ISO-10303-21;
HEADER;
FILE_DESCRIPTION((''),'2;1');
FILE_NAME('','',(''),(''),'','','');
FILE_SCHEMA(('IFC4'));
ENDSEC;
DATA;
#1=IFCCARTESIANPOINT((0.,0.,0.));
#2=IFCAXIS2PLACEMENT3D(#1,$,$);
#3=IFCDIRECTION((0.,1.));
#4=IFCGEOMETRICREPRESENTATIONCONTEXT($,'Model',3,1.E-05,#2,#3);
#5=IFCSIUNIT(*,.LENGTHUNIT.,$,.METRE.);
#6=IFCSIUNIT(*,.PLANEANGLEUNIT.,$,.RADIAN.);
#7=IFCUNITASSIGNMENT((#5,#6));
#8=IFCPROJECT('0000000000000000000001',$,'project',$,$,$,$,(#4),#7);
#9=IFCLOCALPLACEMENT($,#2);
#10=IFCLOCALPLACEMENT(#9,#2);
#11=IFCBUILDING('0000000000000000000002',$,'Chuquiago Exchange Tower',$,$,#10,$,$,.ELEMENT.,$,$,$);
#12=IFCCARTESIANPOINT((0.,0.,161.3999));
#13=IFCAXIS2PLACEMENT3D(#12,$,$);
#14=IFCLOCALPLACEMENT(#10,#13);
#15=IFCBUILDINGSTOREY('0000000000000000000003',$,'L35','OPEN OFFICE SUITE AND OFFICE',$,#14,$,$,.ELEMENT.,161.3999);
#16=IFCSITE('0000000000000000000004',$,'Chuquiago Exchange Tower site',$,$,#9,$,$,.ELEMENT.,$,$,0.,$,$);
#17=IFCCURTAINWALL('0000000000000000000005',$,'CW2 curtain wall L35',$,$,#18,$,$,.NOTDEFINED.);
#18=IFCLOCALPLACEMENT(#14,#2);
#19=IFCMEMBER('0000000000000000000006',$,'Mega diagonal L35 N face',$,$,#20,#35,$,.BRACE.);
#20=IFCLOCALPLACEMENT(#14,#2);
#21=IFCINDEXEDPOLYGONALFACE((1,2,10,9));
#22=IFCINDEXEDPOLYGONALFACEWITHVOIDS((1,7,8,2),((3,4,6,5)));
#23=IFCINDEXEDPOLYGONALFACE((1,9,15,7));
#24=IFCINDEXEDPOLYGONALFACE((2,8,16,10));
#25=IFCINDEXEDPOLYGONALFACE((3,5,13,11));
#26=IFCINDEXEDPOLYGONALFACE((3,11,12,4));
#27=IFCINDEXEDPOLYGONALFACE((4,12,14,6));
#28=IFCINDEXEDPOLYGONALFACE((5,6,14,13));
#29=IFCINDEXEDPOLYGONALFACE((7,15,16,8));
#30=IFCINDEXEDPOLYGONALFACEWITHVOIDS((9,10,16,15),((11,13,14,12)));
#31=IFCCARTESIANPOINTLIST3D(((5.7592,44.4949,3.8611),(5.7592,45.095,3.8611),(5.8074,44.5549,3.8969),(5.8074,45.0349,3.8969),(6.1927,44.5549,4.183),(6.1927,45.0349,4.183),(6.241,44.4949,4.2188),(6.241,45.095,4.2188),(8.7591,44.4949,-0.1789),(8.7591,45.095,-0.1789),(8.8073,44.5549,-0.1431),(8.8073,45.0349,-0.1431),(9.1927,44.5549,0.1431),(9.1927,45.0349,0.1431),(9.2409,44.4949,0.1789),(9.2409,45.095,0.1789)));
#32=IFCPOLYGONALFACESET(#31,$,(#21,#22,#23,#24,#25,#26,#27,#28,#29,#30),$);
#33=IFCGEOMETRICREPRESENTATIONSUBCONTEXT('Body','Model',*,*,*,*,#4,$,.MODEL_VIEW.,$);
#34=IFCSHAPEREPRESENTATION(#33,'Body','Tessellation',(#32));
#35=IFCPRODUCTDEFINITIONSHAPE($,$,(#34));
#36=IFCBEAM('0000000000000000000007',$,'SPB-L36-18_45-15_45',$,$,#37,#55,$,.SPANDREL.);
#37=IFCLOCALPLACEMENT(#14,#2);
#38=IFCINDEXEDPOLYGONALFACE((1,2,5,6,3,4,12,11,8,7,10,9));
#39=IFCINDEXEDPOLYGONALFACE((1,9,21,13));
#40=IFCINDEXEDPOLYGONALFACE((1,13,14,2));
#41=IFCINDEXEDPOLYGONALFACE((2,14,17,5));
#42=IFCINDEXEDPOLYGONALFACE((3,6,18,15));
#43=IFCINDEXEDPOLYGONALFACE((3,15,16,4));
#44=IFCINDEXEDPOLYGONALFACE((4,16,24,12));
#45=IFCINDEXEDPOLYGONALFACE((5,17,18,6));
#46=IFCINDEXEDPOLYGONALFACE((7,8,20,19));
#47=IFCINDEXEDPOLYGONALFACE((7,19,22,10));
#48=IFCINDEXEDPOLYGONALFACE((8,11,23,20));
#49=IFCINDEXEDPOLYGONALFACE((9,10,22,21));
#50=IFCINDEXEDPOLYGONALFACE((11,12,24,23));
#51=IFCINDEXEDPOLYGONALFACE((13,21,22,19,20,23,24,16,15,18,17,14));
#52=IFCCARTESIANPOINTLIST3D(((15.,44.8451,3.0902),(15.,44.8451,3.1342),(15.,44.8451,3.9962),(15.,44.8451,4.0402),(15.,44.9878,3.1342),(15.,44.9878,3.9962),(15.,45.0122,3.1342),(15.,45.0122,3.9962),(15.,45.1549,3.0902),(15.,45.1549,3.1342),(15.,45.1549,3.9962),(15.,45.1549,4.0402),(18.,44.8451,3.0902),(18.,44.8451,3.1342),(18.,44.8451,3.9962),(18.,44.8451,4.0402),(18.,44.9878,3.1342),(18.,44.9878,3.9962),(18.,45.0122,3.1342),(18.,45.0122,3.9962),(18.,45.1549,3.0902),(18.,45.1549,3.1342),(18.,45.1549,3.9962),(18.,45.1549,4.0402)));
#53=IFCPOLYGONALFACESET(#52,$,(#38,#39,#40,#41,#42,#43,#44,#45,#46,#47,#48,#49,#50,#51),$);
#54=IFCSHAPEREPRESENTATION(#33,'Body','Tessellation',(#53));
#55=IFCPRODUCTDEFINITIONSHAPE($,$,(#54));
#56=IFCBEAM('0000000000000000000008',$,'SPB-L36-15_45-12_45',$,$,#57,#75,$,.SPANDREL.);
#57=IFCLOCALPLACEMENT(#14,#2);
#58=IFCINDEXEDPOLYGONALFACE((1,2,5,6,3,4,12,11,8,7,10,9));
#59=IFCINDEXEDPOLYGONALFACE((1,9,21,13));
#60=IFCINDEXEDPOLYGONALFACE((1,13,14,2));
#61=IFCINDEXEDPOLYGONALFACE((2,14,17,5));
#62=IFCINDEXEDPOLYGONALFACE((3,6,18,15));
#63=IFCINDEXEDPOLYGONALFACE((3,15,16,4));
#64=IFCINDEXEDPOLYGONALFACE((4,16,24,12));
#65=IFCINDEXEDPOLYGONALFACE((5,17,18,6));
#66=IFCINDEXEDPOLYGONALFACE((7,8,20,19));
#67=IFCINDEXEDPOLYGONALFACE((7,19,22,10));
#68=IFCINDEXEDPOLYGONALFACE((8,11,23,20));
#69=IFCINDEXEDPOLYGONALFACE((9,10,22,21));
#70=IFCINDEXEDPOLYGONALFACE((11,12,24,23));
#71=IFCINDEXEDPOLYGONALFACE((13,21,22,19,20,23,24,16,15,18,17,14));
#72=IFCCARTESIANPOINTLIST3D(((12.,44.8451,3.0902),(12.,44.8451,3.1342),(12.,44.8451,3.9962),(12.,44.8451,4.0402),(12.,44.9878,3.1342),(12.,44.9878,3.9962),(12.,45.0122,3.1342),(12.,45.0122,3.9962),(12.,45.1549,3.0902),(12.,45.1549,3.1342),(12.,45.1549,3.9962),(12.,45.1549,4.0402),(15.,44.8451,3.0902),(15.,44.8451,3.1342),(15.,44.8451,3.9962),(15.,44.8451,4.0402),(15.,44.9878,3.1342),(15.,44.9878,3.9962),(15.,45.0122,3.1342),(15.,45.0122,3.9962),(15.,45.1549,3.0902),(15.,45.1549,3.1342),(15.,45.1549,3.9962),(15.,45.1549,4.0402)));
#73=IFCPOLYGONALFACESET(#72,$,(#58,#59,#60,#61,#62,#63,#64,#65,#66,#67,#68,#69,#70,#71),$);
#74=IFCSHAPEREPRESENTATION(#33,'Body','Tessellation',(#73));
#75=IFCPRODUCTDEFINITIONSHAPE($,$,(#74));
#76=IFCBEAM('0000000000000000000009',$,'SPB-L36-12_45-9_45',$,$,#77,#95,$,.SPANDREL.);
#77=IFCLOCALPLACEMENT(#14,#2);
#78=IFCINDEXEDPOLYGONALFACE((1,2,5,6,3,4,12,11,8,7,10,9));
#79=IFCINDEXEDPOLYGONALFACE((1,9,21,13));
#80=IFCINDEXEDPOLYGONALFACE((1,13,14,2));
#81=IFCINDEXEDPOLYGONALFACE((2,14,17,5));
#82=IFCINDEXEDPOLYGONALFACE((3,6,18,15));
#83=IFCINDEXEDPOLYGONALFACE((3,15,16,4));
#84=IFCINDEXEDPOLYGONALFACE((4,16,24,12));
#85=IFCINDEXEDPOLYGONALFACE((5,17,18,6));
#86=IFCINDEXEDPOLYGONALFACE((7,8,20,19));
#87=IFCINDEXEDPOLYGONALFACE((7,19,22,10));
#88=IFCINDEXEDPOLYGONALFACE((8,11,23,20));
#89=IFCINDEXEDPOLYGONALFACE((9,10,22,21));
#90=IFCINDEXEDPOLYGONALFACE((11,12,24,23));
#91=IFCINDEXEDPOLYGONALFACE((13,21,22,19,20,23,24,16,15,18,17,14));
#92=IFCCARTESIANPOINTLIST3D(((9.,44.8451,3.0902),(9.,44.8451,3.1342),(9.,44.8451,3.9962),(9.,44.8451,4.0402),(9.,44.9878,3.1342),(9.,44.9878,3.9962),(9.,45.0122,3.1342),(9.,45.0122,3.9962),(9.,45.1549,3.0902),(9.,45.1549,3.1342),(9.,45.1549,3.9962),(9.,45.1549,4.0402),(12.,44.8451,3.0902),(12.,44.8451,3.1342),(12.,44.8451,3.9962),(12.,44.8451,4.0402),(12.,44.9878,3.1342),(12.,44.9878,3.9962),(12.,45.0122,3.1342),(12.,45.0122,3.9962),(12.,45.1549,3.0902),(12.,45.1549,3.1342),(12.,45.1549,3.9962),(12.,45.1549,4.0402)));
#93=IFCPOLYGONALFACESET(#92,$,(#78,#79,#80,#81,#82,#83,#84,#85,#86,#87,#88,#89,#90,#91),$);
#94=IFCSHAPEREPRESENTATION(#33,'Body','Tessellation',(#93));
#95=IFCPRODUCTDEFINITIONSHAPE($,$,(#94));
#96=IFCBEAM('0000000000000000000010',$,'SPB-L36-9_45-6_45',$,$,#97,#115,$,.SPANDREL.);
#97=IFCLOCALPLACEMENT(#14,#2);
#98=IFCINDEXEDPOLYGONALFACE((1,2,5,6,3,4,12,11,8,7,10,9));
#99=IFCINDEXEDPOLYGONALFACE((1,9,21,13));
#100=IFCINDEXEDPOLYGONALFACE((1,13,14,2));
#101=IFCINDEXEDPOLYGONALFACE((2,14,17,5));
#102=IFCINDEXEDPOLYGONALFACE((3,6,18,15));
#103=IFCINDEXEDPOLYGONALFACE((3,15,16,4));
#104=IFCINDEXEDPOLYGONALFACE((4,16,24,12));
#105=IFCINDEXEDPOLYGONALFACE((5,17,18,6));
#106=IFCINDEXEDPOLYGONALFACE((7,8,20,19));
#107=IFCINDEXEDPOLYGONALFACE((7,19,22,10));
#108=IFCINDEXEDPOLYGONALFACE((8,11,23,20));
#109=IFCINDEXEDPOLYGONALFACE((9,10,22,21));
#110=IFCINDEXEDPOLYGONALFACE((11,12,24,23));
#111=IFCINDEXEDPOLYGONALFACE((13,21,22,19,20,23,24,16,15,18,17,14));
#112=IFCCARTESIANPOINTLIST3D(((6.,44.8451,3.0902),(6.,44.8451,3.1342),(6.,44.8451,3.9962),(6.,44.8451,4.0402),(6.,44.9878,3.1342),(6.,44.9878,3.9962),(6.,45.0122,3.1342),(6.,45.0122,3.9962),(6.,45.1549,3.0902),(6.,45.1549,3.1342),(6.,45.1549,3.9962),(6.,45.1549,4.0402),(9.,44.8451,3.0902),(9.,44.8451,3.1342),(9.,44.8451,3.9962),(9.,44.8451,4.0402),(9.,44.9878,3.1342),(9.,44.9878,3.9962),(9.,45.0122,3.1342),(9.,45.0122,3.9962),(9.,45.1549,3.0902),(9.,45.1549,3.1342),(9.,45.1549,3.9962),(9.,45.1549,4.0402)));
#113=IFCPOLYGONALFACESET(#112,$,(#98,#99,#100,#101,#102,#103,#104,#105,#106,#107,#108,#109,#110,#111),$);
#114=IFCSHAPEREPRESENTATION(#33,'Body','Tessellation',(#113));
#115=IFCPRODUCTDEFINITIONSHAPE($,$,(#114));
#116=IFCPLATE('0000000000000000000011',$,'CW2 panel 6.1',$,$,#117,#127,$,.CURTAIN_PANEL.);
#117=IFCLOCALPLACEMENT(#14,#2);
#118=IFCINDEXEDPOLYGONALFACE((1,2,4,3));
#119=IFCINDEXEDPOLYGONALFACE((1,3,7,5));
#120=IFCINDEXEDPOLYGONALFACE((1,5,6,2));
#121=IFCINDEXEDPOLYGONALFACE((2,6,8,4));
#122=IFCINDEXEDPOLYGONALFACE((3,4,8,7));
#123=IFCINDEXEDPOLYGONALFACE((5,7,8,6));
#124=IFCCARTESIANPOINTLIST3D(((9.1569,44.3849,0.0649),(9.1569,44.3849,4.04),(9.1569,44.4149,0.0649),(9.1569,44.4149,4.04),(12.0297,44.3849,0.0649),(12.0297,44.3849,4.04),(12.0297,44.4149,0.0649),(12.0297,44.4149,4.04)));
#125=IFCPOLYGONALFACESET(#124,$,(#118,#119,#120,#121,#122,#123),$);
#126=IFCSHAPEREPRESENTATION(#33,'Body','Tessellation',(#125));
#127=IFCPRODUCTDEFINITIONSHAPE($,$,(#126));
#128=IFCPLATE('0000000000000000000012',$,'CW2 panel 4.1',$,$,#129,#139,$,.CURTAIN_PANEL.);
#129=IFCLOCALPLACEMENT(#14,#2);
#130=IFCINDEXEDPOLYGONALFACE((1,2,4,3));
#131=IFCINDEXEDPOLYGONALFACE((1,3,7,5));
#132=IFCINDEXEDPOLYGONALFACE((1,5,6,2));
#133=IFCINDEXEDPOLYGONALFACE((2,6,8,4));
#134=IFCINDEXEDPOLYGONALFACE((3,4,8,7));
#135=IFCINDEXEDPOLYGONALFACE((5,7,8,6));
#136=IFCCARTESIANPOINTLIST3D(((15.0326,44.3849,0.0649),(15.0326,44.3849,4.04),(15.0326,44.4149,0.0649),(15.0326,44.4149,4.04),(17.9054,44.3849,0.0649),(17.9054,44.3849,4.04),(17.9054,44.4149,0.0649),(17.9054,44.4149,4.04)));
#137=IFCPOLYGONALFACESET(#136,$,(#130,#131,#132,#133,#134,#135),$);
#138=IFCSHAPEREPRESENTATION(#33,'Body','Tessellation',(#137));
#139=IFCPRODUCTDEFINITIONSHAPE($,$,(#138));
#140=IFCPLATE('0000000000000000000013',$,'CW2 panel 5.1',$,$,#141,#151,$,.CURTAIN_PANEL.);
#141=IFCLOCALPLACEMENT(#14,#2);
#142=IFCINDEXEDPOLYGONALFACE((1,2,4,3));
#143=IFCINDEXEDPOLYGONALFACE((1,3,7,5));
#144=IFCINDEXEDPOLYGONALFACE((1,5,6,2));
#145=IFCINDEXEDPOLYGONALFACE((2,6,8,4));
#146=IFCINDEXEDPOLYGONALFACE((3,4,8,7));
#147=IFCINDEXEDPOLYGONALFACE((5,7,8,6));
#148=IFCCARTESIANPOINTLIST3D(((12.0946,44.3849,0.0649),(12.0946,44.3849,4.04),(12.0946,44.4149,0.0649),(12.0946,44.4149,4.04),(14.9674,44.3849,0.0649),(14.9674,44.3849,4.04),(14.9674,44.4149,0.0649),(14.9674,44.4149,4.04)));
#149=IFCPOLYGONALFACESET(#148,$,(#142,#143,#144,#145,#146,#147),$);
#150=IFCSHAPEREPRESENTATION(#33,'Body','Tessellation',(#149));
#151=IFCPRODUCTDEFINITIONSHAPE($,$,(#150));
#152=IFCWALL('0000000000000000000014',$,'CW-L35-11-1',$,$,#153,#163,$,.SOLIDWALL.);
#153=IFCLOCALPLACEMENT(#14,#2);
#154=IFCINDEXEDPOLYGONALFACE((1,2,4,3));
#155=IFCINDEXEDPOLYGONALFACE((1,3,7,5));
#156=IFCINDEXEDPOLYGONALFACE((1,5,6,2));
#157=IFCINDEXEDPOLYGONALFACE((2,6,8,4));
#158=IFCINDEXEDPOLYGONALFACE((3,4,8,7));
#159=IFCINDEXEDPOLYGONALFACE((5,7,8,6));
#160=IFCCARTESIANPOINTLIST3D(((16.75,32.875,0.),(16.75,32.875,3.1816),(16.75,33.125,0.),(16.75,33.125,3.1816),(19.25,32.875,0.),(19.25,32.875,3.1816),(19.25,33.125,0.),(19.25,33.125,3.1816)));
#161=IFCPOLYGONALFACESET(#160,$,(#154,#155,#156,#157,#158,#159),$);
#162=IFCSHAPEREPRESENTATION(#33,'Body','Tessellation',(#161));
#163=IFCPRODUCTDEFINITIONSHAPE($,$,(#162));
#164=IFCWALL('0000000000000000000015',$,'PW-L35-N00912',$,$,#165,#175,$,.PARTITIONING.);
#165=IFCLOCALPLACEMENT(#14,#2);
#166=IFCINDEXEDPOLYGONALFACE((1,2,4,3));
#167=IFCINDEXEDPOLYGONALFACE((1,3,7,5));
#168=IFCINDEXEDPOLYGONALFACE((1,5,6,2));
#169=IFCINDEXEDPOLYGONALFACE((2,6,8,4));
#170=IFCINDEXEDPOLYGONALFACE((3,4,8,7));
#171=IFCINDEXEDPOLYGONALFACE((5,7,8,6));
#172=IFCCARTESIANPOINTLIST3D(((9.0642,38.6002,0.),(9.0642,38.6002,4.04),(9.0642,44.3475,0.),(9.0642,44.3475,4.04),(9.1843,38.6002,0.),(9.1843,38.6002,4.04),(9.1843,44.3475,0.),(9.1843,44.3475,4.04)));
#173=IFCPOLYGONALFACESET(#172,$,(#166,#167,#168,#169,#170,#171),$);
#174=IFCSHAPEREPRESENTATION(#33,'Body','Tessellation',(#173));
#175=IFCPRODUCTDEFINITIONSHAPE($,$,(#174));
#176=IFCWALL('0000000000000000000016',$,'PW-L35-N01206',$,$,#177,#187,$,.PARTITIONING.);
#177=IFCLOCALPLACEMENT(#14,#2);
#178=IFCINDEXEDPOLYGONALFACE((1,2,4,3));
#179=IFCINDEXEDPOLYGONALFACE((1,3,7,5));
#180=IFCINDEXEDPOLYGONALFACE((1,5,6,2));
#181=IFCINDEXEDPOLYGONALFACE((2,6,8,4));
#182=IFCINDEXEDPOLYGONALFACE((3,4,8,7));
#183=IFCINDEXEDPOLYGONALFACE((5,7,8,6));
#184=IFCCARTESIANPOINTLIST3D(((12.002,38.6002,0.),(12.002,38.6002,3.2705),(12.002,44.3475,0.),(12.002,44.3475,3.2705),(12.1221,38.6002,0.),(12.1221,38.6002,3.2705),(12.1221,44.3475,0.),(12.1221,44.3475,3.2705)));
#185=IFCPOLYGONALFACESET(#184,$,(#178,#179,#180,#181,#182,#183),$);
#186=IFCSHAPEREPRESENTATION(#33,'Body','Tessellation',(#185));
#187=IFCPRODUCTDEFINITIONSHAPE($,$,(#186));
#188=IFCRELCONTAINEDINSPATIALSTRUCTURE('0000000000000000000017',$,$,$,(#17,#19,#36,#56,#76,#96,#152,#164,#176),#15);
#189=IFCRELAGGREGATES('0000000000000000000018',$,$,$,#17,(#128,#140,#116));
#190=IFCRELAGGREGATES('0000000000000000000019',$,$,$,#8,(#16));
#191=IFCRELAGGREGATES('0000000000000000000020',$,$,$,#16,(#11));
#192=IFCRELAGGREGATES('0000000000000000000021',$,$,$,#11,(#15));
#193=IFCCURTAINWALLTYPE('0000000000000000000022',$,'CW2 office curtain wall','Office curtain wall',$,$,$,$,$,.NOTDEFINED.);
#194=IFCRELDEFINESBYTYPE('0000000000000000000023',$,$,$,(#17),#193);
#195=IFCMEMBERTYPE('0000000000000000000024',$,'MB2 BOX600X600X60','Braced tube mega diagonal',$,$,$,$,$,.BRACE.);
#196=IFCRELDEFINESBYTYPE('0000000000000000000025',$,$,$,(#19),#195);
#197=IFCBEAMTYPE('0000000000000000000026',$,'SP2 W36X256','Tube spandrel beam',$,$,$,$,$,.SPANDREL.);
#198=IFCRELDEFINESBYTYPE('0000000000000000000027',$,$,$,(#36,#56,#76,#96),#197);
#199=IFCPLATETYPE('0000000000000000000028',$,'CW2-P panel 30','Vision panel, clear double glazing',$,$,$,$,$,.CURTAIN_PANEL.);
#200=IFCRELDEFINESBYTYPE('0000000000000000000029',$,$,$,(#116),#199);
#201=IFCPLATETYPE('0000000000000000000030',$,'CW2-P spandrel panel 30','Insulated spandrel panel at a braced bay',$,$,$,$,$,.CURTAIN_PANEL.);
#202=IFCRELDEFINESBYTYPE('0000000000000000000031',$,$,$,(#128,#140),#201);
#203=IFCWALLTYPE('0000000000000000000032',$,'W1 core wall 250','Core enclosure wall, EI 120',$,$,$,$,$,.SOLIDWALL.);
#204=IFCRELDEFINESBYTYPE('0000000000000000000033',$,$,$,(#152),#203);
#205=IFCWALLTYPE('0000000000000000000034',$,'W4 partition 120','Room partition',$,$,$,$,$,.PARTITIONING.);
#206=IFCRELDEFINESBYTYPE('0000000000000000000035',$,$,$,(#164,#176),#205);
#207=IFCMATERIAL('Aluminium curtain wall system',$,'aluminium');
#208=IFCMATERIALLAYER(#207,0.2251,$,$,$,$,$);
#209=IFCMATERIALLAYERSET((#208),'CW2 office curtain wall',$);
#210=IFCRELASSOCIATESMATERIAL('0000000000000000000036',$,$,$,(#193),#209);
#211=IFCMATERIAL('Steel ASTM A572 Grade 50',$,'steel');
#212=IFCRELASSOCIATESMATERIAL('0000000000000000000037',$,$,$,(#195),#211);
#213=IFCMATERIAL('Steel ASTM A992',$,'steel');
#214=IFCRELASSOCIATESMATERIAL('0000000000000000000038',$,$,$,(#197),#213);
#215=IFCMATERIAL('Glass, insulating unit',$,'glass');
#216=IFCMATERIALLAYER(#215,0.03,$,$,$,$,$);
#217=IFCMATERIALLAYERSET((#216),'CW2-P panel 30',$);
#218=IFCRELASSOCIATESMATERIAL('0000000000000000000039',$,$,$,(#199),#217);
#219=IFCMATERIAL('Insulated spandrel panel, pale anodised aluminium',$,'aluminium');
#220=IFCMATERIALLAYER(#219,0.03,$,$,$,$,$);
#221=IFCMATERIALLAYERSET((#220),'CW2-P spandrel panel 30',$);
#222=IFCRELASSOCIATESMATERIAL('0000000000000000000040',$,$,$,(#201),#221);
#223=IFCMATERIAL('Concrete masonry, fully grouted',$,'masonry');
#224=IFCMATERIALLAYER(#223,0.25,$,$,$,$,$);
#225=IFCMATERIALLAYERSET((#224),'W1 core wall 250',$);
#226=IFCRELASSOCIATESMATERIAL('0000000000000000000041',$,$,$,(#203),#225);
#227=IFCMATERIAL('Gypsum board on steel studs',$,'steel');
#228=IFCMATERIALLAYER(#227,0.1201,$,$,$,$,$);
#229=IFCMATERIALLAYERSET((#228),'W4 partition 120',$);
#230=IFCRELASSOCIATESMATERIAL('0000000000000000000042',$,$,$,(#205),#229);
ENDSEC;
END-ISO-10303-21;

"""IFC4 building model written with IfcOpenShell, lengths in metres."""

from ifc_helpers import new_model, si_unit, direction, frame, frame_2d, origin, origin_2d, place, context, subcontext, project, spatial, rectangle, hollow_rectangle, i_section, extrude, material, layer, layer_set, material_profile, profile_set, type_object, element, aggregate, save


model = new_model("IFC4")

# Units and contexts
model_context = context("Model", 3, precision=1e-05, world=origin(), true_north=direction((0.0, 1.0)))
body_context = subcontext(model_context, "Body", "Model", "MODEL_VIEW")
ifc_project = project(units=[si_unit("LENGTHUNIT", "METRE"), si_unit("PLANEANGLEUNIT", "RADIAN")], contexts=[model_context])

# Site, building, storey
site_placement = place(None, origin())
site = spatial("IfcSite", under=ifc_project, at=site_placement, Name="Chuquiago Exchange Tower site", CompositionType="ELEMENT", RefElevation=0.0)
building_placement = place(site_placement, origin())
building = spatial("IfcBuilding", under=site, at=building_placement, Name="Chuquiago Exchange Tower", CompositionType="ELEMENT")
storey_placement = place(building_placement, frame((0.0, 0.0, 161.3999)))
storey = spatial("IfcBuildingStorey", under=building, at=storey_placement, Name="L35", Description="OPEN OFFICE SUITE AND OFFICE", CompositionType="ELEMENT", Elevation=161.3999)

# Curtain wall
ifc_material_1 = material(Name="Aluminium curtain wall system", Category="aluminium")
ifc_layer_1 = layer(ifc_material_1, 0.2251)
ifc_layer_set_1 = layer_set([ifc_layer_1], Name="CW2 office curtain wall")
curtain_wall_type = type_object("IfcCurtainWallType", Name="CW2 office curtain wall", Description="Office curtain wall", PredefinedType="NOTDEFINED", material=ifc_layer_set_1)
curtain_wall_placement = place(storey_placement, origin())
curtain_wall = element("IfcCurtainWall", 1, at=curtain_wall_placement, inside=storey, type_object=curtain_wall_type, Name="CW2 curtain wall L35", PredefinedType="NOTDEFINED")

# Member
ifc_material_2 = material(Name="Steel ASTM A572 Grade 50", Category="steel")
ifc_material_profile_1 = material_profile(ifc_material_2, hollow_rectangle(XDim=0.6001, YDim=0.6001, WallThickness=0.0601, at=origin_2d()), Name="BOX600X600X60")
ifc_profile_set_1 = profile_set([ifc_material_profile_1], Name="Steel ASTM A572 Grade 50")
member_type_1 = type_object("IfcMemberType", Name="MB2 BOX600X600X60", Description="Braced tube mega diagonal", PredefinedType="BRACE", material=ifc_profile_set_1)
for number, where, z_axis, x_axis, name in (
    (2, (9.0, 44.7949, 0.0), (-0.596174, 0.0, 0.802855), (0.0, -1.0, 0.0), "Mega diagonal L35 N face"),
):
    element("IfcMember", number, at=place(storey_placement, frame(where, z_axis=z_axis, x_axis=x_axis)), inside=storey, type_object=member_type_1, Name=name, PredefinedType="BRACE", context=body_context, shape_type="SweptSolid", body=[
        extrude(hollow_rectangle(XDim=0.6001, YDim=0.6001, WallThickness=0.0601, at=origin_2d()), origin(), (0.0, 0.0, 1.0), 5.032),
    ])

# Beams
ifc_material_3 = material(Name="Steel ASTM A992", Category="steel")
ifc_material_profile_2 = material_profile(ifc_material_3, i_section(OverallWidth=0.3098, OverallDepth=0.95, WebThickness=0.0244, FlangeThickness=0.0439, at=origin_2d()), Name="W36X256")
ifc_profile_set_2 = profile_set([ifc_material_profile_2], Name="Steel ASTM A992")
beam_type_1 = type_object("IfcBeamType", Name="SP2 W36X256", Description="Tube spandrel beam", PredefinedType="SPANDREL", material=ifc_profile_set_2)
for number, where, z_axis, x_axis, name in (
    (3, (18.0, 45.0, 3.5652), (-1.0, 0.0, 0.0), (0.0, -1.0, 0.0), "SPB-L36-18_45-15_45"),
    (4, (15.0, 45.0, 3.5652), (-1.0, 0.0, 0.0), (0.0, -1.0, 0.0), "SPB-L36-15_45-12_45"),
    (5, (12.0, 45.0, 3.5652), (-1.0, 0.0, 0.0), (0.0, -1.0, 0.0), "SPB-L36-12_45-9_45"),
    (6, (9.0, 45.0, 3.5652), (-1.0, 0.0, 0.0), (0.0, -1.0, 0.0), "SPB-L36-9_45-6_45"),
):
    element("IfcBeam", number, at=place(storey_placement, frame(where, z_axis=z_axis, x_axis=x_axis)), inside=storey, type_object=beam_type_1, Name=name, PredefinedType="SPANDREL", context=body_context, shape_type="SweptSolid", body=[
        extrude(i_section(OverallWidth=0.3098, OverallDepth=0.95, WebThickness=0.0244, FlangeThickness=0.0439, at=origin_2d()), origin(), (0.0, 0.0, 1.0), 3.0),
    ])

# Plates
ifc_material_4 = material(Name="Glass, insulating unit", Category="glass")
ifc_layer_2 = layer(ifc_material_4, 0.03)
ifc_layer_set_2 = layer_set([ifc_layer_2], Name="CW2-P panel 30")
plate_type_1 = type_object("IfcPlateType", Name="CW2-P panel 30", Description="Vision panel, clear double glazing", PredefinedType="CURTAIN_PANEL", material=ifc_layer_set_2)
plate_1_placement = place(storey_placement, frame((10.5933, 44.3999, 0.0649), z_axis=(0.0, 0.0, 1.0), x_axis=(-1.0, 0.0, 0.0)))
plate_1 = element("IfcPlate", 7, at=plate_1_placement, type_object=plate_type_1, Name="CW2 panel 6.1", PredefinedType="CURTAIN_PANEL", context=body_context, shape_type="SweptSolid", body=[
    extrude(rectangle(XDim=2.8728, YDim=0.03, at=origin_2d()), origin(), (0.0, 0.0, 1.0), 3.9751),
])
ifc_material_5 = material(Name="Insulated spandrel panel, pale anodised aluminium", Category="aluminium")
ifc_layer_3 = layer(ifc_material_5, 0.03)
ifc_layer_set_3 = layer_set([ifc_layer_3], Name="CW2-P spandrel panel 30")
plate_type_2 = type_object("IfcPlateType", Name="CW2-P spandrel panel 30", Description="Insulated spandrel panel at a braced bay", PredefinedType="CURTAIN_PANEL", material=ifc_layer_set_3)
plate_2_placement = place(storey_placement, frame((16.469, 44.3999, 0.0649), z_axis=(0.0, 0.0, 1.0), x_axis=(-1.0, 0.0, 0.0)))
plate_2 = element("IfcPlate", 8, at=plate_2_placement, type_object=plate_type_2, Name="CW2 panel 4.1", PredefinedType="CURTAIN_PANEL", context=body_context, shape_type="SweptSolid", body=[
    extrude(rectangle(XDim=2.8728, YDim=0.03, at=origin_2d()), origin(), (0.0, 0.0, 1.0), 3.9751),
])
plate_3_placement = place(storey_placement, frame((13.531, 44.3999, 0.0649), z_axis=(0.0, 0.0, 1.0), x_axis=(-1.0, 0.0, 0.0)))
plate_3 = element("IfcPlate", 9, at=plate_3_placement, type_object=plate_type_2, Name="CW2 panel 5.1", PredefinedType="CURTAIN_PANEL", context=body_context, shape_type="SweptSolid", body=[
    extrude(rectangle(XDim=2.8728, YDim=0.03, at=origin_2d()), origin(), (0.0, 0.0, 1.0), 3.9751),
])
aggregate(curtain_wall, [plate_2, plate_3, plate_1])

# Walls
ifc_material_6 = material(Name="Concrete masonry, fully grouted", Category="masonry")
ifc_layer_4 = layer(ifc_material_6, 0.25)
ifc_layer_set_4 = layer_set([ifc_layer_4], Name="W1 core wall 250")
wall_type_1 = type_object("IfcWallType", Name="W1 core wall 250", Description="Core enclosure wall, EI 120", PredefinedType="SOLIDWALL", material=ifc_layer_set_4)
wall_1_placement = place(storey_placement, frame((16.75, 33.0, 0.0), z_axis=(0.0, 0.0, 1.0), x_axis=(1.0, 0.0, 0.0)))
element("IfcWall", 10, at=wall_1_placement, inside=storey, type_object=wall_type_1, Name="CW-L35-11-1", PredefinedType="SOLIDWALL", context=body_context, shape_type="SweptSolid", body=[
    extrude(rectangle(XDim=2.5, YDim=0.25, at=frame_2d((1.25, 0.0))), origin(), (0.0, 0.0, 1.0), 3.1816),
])
ifc_material_7 = material(Name="Gypsum board on steel studs", Category="steel")
ifc_layer_5 = layer(ifc_material_7, 0.1201)
ifc_layer_set_5 = layer_set([ifc_layer_5], Name="W4 partition 120")
wall_type_2 = type_object("IfcWallType", Name="W4 partition 120", Description="Room partition", PredefinedType="PARTITIONING", material=ifc_layer_set_5)
wall_2_placement = place(storey_placement, frame((9.1243, 44.3474, 0.0), z_axis=(0.0, 0.0, 1.0), x_axis=(0.0, -1.0, 0.0)))
element("IfcWall", 11, at=wall_2_placement, inside=storey, type_object=wall_type_2, Name="PW-L35-N00912", PredefinedType="PARTITIONING", context=body_context, shape_type="SweptSolid", body=[
    extrude(rectangle(XDim=5.7473, YDim=0.1201, at=frame_2d((2.8735, 0.0))), origin(), (0.0, 0.0, 1.0), 4.04),
])
wall_3_placement = place(storey_placement, frame((12.062, 44.3474, 0.0), z_axis=(0.0, 0.0, 1.0), x_axis=(0.0, -1.0, 0.0)))
element("IfcWall", 12, at=wall_3_placement, inside=storey, type_object=wall_type_2, Name="PW-L35-N01206", PredefinedType="PARTITIONING", context=body_context, shape_type="SweptSolid", body=[
    extrude(rectangle(XDim=5.7473, YDim=0.1201, at=frame_2d((2.8735, 0.0))), origin(), (0.0, 0.0, 1.0), 3.2705),
])

save(model, "model.ifc")
